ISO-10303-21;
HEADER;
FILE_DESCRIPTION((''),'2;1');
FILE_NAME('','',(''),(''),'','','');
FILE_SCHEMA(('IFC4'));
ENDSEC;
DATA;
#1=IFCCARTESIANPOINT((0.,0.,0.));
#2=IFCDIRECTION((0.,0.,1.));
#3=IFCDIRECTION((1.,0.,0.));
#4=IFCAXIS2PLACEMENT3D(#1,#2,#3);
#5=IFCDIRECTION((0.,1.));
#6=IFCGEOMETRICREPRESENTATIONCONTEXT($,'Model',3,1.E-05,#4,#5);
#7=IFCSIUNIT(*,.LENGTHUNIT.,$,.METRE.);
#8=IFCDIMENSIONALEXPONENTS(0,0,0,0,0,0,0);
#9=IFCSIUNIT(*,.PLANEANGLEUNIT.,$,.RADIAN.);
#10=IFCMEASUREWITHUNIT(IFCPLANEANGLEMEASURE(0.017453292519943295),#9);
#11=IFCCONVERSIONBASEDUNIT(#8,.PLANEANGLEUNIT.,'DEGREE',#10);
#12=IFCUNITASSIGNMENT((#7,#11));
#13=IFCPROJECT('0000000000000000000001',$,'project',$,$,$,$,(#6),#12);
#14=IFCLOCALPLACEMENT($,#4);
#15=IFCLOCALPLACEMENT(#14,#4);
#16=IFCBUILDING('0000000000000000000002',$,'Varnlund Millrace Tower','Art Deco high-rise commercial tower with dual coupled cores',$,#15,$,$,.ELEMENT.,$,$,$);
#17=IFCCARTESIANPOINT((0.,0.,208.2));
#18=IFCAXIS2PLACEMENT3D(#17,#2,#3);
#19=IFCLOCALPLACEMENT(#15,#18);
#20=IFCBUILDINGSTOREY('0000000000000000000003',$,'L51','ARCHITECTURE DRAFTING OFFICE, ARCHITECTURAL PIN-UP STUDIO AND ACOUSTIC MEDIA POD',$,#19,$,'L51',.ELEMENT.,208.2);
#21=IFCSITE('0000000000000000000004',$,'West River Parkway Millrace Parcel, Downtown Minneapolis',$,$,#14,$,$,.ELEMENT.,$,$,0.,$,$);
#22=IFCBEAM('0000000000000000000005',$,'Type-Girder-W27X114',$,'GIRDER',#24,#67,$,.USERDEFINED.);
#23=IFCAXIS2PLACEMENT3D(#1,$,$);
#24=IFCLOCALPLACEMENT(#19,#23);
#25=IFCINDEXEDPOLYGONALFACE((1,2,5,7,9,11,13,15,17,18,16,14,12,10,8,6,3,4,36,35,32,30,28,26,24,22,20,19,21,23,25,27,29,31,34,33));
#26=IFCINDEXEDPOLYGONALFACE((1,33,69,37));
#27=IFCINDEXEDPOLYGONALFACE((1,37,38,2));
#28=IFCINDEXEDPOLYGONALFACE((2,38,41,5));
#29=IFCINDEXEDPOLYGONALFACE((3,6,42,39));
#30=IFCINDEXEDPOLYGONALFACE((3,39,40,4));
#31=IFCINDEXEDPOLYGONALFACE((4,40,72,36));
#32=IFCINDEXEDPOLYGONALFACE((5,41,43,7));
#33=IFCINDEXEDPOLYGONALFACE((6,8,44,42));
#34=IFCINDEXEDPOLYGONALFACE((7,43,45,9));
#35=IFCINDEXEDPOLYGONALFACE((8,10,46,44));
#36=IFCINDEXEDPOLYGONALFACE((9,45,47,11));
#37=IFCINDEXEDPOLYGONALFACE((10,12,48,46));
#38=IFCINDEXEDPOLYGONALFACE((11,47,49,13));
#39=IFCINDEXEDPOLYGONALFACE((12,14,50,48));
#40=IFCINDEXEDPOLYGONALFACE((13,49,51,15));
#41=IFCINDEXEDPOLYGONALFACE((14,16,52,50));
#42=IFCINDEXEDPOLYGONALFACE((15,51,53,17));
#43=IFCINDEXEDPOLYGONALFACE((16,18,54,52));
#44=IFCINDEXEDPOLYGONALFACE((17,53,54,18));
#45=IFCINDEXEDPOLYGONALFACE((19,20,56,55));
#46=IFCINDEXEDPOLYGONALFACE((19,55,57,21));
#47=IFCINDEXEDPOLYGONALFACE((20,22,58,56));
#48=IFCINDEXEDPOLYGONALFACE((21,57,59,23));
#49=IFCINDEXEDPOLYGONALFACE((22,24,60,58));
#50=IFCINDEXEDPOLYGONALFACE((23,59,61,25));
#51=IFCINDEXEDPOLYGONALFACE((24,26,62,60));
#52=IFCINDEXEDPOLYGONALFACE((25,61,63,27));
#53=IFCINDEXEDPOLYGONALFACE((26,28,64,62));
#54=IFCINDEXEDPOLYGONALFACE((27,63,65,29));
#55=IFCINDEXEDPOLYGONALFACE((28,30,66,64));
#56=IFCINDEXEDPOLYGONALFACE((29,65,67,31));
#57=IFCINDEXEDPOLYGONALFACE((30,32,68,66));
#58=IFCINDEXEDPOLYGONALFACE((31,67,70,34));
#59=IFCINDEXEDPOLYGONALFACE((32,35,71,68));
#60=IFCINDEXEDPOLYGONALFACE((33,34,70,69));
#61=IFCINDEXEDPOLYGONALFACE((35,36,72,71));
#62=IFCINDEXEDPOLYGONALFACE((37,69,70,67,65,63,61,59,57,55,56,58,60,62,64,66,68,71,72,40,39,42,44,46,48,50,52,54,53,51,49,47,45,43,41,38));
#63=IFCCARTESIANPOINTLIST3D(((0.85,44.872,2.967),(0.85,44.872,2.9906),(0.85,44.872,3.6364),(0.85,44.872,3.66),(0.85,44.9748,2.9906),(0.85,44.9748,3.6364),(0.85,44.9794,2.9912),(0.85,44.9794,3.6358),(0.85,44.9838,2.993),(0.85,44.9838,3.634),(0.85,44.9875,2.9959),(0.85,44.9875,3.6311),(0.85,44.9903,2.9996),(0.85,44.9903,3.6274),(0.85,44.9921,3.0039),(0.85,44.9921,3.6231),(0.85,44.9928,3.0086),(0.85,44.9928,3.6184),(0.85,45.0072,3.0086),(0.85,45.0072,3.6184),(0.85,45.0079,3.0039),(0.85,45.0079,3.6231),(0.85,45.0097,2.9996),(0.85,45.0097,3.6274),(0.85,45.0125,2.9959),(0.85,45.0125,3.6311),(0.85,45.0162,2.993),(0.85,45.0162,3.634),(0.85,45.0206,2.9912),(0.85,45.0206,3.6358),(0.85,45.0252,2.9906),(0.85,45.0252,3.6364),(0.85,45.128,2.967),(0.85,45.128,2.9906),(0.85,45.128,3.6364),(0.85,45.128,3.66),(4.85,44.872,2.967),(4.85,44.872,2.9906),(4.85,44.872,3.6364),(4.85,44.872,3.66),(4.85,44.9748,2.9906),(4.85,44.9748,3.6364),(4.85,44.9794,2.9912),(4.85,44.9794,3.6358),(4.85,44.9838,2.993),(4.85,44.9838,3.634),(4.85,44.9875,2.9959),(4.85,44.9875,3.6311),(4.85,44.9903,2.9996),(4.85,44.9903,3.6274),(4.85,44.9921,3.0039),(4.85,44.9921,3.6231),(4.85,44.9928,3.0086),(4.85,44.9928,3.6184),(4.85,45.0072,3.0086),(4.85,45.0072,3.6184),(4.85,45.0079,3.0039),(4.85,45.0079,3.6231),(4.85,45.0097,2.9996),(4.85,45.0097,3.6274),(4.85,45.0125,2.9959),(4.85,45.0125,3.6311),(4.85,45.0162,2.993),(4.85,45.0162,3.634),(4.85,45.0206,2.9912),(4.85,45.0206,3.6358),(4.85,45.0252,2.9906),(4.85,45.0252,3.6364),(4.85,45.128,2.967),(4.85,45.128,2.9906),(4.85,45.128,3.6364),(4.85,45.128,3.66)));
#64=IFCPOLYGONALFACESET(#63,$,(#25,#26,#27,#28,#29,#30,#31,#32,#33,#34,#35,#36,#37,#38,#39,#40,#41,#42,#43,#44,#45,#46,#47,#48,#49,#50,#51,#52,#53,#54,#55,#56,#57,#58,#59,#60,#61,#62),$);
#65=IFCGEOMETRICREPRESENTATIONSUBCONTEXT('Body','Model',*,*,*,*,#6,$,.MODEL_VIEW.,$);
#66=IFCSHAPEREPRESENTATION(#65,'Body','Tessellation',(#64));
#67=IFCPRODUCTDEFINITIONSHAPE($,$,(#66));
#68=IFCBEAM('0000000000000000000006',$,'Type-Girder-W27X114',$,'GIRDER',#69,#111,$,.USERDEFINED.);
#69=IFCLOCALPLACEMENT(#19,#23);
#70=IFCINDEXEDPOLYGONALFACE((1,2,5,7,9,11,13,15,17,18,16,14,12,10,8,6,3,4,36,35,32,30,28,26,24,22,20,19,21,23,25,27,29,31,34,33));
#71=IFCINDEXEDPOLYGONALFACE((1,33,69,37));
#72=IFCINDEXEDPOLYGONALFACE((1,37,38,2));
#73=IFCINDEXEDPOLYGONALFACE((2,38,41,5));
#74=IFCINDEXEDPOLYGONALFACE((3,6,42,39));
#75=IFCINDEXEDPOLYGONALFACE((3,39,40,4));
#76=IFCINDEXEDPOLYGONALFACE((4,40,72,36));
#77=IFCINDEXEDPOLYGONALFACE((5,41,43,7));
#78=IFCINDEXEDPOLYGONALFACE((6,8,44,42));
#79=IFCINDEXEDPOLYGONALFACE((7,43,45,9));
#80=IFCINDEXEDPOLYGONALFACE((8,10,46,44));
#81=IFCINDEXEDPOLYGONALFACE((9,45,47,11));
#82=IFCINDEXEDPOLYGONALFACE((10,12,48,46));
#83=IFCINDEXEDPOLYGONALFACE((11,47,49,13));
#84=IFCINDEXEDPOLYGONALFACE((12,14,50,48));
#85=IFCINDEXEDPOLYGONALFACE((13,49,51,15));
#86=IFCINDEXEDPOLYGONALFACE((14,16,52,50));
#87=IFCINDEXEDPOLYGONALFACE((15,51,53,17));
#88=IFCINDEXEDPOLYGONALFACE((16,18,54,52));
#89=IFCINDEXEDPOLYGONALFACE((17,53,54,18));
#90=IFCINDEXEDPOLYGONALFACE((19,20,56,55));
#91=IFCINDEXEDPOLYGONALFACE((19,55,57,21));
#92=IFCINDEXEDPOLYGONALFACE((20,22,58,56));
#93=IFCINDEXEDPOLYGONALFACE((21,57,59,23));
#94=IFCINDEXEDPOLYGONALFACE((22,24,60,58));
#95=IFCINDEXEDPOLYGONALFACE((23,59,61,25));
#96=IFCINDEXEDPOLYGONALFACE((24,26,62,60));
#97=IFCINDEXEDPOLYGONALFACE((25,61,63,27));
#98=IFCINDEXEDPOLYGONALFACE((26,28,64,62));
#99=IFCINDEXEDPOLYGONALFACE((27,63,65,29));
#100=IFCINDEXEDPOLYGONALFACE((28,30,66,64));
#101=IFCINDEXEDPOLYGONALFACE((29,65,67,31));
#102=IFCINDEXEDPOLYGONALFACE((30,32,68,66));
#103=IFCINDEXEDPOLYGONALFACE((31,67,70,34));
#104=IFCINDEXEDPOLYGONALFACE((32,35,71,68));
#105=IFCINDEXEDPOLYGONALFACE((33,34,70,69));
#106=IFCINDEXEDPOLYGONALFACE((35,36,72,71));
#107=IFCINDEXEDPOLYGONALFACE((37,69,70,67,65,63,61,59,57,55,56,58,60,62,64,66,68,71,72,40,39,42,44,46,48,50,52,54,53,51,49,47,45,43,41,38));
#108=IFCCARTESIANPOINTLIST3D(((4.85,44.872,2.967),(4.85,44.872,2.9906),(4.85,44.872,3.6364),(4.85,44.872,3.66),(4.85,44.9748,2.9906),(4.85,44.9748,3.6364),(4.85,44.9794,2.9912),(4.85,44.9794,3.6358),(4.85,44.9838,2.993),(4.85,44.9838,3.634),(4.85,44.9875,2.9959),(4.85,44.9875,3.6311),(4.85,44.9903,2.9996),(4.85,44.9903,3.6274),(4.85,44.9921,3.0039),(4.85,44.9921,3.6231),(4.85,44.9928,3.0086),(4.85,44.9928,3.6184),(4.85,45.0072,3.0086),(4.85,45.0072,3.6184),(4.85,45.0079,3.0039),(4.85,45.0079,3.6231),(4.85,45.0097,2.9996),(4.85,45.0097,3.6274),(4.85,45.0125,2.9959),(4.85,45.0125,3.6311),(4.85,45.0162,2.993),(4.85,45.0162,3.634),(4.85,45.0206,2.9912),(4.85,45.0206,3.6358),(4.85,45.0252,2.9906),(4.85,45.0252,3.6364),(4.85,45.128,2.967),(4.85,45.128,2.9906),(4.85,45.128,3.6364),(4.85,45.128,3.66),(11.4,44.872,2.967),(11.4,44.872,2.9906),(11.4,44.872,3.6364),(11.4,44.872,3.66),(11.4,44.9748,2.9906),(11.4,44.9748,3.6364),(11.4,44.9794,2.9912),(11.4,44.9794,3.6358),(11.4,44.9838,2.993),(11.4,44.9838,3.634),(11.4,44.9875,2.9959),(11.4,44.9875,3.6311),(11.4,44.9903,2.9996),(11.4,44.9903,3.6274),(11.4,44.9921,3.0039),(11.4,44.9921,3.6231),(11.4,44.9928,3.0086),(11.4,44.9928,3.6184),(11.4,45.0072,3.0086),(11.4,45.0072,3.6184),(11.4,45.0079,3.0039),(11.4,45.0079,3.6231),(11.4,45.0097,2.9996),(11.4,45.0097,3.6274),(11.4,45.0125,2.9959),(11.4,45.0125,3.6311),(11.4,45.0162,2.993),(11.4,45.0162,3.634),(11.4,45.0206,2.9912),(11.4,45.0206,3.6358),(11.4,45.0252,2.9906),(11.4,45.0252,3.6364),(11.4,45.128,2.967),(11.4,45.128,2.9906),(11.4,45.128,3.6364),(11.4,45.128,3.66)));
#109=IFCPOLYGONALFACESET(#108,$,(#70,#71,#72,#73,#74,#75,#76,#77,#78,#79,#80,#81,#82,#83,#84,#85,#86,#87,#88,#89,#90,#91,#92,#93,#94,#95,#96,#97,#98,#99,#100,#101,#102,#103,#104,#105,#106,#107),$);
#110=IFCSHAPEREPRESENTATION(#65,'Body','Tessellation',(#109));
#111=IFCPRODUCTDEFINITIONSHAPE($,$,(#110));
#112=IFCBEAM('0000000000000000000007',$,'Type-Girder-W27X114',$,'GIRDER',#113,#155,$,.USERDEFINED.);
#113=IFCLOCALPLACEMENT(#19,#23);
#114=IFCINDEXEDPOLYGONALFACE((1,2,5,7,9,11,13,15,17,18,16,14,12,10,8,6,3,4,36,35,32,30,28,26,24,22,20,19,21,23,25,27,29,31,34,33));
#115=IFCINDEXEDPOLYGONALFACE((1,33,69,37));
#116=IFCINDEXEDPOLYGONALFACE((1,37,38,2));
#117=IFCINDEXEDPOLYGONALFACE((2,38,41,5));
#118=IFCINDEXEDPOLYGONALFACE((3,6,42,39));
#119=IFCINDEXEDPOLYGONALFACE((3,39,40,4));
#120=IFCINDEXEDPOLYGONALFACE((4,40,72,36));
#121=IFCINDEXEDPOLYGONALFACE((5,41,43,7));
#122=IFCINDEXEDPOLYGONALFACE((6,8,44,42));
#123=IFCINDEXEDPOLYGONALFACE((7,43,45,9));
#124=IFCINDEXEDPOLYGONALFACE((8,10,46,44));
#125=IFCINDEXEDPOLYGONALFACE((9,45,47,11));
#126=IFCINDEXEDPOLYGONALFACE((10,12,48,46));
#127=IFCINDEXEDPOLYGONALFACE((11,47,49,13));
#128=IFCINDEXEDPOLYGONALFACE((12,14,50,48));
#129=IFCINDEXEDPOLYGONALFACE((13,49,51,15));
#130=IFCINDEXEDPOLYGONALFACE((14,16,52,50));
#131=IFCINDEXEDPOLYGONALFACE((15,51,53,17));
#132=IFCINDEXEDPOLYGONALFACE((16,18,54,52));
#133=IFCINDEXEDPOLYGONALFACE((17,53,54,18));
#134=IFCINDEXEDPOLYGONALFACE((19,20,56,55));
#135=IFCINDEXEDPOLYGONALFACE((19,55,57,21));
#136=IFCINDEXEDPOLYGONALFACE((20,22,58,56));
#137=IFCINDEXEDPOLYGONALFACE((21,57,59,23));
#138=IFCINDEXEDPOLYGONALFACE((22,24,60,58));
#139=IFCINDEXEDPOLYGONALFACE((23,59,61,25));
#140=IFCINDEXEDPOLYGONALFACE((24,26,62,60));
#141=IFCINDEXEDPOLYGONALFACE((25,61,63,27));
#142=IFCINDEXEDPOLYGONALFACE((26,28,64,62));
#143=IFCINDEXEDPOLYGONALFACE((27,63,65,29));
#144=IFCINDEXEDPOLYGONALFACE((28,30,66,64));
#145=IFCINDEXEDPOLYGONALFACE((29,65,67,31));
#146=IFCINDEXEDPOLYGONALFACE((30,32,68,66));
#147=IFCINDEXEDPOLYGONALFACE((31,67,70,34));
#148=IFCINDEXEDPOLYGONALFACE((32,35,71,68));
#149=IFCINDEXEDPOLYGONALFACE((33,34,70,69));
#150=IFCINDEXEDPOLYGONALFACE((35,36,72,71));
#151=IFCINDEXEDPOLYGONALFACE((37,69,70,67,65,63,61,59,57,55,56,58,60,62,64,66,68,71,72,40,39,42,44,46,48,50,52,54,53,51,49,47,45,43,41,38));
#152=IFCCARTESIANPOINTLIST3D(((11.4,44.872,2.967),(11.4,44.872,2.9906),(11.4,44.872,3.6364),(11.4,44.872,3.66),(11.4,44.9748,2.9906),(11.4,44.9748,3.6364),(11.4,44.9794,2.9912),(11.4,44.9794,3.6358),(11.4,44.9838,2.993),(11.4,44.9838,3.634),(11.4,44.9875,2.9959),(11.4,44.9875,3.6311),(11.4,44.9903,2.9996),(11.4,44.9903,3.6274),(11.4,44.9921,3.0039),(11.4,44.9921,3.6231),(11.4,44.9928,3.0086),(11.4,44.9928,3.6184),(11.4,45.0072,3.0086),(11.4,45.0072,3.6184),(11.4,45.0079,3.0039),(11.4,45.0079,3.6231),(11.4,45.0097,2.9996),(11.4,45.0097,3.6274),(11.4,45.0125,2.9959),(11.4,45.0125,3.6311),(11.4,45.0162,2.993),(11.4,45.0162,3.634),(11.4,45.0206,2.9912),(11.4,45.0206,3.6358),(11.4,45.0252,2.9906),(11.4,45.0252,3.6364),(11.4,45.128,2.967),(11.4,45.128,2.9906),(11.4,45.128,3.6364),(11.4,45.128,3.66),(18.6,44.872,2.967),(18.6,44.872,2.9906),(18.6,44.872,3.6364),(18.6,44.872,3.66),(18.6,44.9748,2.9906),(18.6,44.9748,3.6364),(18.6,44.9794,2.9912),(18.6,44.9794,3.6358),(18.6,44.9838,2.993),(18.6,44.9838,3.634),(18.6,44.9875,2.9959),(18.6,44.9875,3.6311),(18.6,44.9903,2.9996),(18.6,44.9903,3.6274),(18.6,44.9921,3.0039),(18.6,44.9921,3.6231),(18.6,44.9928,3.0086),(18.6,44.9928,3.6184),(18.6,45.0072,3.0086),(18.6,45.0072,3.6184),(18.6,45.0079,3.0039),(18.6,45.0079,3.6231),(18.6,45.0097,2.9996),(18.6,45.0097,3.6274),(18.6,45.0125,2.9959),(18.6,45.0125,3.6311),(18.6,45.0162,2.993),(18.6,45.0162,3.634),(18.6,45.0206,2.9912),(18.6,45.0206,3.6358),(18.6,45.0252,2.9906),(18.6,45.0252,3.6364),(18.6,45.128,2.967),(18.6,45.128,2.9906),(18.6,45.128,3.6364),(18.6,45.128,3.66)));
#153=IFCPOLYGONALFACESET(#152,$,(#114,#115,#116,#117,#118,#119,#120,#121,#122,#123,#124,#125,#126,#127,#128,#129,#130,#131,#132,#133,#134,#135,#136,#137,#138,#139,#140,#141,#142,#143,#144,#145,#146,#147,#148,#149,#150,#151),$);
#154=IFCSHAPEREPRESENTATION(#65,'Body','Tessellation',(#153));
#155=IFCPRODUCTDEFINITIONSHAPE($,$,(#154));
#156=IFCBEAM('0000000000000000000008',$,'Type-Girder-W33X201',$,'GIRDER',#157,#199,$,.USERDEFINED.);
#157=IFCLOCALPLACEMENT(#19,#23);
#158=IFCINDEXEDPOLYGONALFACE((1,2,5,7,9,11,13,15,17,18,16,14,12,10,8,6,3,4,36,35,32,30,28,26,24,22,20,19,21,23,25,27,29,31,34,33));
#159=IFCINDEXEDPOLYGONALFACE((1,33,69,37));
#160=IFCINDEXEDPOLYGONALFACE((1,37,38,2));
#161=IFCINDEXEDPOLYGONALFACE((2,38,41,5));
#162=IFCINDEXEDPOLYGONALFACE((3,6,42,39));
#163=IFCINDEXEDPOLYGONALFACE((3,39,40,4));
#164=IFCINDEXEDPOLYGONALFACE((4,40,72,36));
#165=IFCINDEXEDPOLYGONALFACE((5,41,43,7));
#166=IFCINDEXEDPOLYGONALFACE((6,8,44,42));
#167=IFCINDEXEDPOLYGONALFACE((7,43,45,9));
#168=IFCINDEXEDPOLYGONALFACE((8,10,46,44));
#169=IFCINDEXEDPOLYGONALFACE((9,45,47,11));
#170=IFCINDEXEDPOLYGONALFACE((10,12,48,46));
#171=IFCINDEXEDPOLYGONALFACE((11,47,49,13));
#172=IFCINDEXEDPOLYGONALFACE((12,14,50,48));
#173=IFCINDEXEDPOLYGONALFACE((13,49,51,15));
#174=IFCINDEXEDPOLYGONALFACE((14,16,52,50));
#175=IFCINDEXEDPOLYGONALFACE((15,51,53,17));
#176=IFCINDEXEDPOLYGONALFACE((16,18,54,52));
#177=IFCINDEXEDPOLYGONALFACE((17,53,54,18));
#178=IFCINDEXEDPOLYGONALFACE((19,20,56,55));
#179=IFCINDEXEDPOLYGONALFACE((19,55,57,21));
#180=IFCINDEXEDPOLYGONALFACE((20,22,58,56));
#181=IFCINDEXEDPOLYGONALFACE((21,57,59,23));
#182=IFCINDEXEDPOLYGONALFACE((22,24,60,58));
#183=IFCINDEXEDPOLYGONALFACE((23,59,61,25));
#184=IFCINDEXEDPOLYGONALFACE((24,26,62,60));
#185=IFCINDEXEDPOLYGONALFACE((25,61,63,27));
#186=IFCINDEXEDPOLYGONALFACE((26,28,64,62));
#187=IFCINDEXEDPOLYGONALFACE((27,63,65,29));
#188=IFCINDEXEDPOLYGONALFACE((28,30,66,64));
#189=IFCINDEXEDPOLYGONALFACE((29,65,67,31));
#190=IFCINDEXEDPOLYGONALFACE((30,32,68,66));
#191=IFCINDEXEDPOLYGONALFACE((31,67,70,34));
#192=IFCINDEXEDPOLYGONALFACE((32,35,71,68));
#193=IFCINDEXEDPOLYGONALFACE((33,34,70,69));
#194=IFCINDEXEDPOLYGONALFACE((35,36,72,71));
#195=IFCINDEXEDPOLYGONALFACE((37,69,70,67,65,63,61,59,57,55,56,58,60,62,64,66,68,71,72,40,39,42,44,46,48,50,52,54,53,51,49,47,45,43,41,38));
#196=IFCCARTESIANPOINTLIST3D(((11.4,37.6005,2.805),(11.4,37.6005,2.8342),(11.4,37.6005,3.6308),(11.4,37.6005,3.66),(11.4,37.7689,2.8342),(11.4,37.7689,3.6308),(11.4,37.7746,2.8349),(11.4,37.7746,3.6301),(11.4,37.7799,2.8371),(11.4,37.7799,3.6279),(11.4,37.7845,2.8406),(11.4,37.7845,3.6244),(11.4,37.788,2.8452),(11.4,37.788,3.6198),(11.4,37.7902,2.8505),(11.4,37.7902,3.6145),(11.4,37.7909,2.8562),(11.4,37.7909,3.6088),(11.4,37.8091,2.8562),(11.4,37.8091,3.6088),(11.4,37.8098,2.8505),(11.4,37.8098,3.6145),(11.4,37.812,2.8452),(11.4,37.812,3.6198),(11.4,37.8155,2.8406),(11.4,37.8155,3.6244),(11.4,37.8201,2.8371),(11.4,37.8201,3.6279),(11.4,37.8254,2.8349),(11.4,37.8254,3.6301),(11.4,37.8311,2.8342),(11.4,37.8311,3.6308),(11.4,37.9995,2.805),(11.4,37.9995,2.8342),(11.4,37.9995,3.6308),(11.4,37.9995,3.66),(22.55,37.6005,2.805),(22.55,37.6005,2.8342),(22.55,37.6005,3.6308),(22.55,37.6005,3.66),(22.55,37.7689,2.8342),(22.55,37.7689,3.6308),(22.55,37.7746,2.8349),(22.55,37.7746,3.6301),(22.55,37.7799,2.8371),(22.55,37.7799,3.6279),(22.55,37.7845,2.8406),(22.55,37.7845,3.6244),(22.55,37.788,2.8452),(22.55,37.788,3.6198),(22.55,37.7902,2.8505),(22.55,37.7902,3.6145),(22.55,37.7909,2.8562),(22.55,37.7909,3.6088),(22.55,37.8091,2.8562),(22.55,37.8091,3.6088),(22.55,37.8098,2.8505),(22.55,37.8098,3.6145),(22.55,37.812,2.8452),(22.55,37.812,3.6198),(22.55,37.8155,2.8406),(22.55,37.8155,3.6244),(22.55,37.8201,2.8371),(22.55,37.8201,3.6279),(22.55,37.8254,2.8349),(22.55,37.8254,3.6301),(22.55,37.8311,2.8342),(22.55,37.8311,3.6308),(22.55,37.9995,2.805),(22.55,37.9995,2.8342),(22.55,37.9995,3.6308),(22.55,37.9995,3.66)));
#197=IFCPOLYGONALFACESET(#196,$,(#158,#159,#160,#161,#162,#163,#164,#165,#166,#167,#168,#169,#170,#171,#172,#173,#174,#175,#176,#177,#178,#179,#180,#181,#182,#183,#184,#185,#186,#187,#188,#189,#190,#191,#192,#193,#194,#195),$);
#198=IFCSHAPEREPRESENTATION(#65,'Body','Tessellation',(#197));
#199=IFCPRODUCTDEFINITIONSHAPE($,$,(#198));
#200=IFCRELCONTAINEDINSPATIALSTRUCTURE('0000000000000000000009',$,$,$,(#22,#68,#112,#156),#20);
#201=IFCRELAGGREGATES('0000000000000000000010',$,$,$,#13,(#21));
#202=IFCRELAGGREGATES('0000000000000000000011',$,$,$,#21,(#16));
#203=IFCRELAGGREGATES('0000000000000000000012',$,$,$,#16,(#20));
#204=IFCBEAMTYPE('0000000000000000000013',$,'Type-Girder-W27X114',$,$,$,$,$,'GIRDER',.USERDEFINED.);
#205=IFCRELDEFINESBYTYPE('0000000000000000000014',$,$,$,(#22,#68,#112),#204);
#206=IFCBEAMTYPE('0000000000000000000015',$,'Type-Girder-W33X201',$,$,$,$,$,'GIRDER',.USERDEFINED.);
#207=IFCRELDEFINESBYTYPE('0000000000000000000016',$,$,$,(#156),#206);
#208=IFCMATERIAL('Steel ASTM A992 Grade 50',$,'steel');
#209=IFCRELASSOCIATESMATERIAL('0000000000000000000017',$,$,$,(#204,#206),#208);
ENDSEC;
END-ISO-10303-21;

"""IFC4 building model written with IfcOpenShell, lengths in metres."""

from ifc_helpers import new_model, entity, si_unit, converted_unit, direction, frame, origin_with_axes, origin_2d_with_axis, place, context, subcontext, project, spatial, i_section, extrude, material, material_profile, profile_set, type_object, element, save


model = new_model("IFC4")

# Units and contexts
model_context = context("Model", 3, precision=1e-05, world=origin_with_axes(), true_north=direction((0.0, 1.0)))
body_context = subcontext(model_context, "Body", "Model", "MODEL_VIEW")
ifc_project = project(units=[si_unit("LENGTHUNIT", "METRE"), converted_unit("PLANEANGLEUNIT", "DEGREE", entity("IfcPlaneAngleMeasure", 0.017453292519943295), si_unit("PLANEANGLEUNIT", "RADIAN"), dimensions=[0, 0, 0, 0, 0, 0, 0])], contexts=[model_context])

# Site, building, storey
site_placement = place(None, origin_with_axes())
site = spatial("IfcSite", under=ifc_project, at=site_placement, Name="West River Parkway Millrace Parcel, Downtown Minneapolis", CompositionType="ELEMENT", RefElevation=0.0)
building_placement = place(site_placement, origin_with_axes())
building = spatial("IfcBuilding", under=site, at=building_placement, Name="Varnlund Millrace Tower", Description="Art Deco high-rise commercial tower with dual coupled cores", CompositionType="ELEMENT")
storey_placement = place(building_placement, frame((0.0, 0.0, 208.2), z_axis=(0.0, 0.0, 1.0), x_axis=(1.0, 0.0, 0.0)))
storey = spatial("IfcBuildingStorey", under=building, at=storey_placement, Name="L51", Description="ARCHITECTURE DRAFTING OFFICE, ARCHITECTURAL PIN-UP STUDIO AND ACOUSTIC MEDIA POD", LongName="L51", CompositionType="ELEMENT", Elevation=208.2)

# Beams
ifc_material_1 = material(Name="Steel ASTM A992 Grade 50", Category="steel")
ifc_material_profile_1 = material_profile(ifc_material_1, i_section(OverallWidth=0.256, OverallDepth=0.693, WebThickness=0.0145, FlangeThickness=0.0236, FilletRadius=0.018, at=origin_2d_with_axis()), Name="Steel ASTM A992 Grade 50")
ifc_profile_set_1 = profile_set([ifc_material_profile_1], Name="Steel ASTM A992 Grade 50")
beam_type_1 = type_object("IfcBeamType", Name="Type-Girder-W27X114", ElementType="GIRDER", PredefinedType="USERDEFINED", material=ifc_profile_set_1)
beam_1_placement = place(storey_placement, frame((0.85, 45.0, 3.3135), z_axis=(1.0, 0.0, 0.0), x_axis=(0.0, 1.0, 0.0)))
element("IfcBeam", 1, at=beam_1_placement, inside=storey, type_object=beam_type_1, Name="Type-Girder-W27X114", ObjectType="GIRDER", PredefinedType="USERDEFINED", context=body_context, shape_type="SweptSolid", body=[
    extrude(i_section(OverallWidth=0.256, OverallDepth=0.693, WebThickness=0.0145, FlangeThickness=0.0236, FilletRadius=0.018, at=origin_2d_with_axis()), origin_with_axes(), (0.0, 0.0, 1.0), 4.0),
])
beam_2_placement = place(storey_placement, frame((4.85, 45.0, 3.3135), z_axis=(1.0, 0.0, 0.0), x_axis=(0.0, 1.0, 0.0)))
element("IfcBeam", 2, at=beam_2_placement, inside=storey, type_object=beam_type_1, Name="Type-Girder-W27X114", ObjectType="GIRDER", PredefinedType="USERDEFINED", context=body_context, shape_type="SweptSolid", body=[
    extrude(i_section(OverallWidth=0.256, OverallDepth=0.693, WebThickness=0.0145, FlangeThickness=0.0236, FilletRadius=0.018, at=origin_2d_with_axis()), origin_with_axes(), (0.0, 0.0, 1.0), 6.55),
])
beam_3_placement = place(storey_placement, frame((11.4, 45.0, 3.3135), z_axis=(1.0, 0.0, 0.0), x_axis=(0.0, 1.0, 0.0)))
element("IfcBeam", 3, at=beam_3_placement, inside=storey, type_object=beam_type_1, Name="Type-Girder-W27X114", ObjectType="GIRDER", PredefinedType="USERDEFINED", context=body_context, shape_type="SweptSolid", body=[
    extrude(i_section(OverallWidth=0.256, OverallDepth=0.693, WebThickness=0.0145, FlangeThickness=0.0236, FilletRadius=0.018, at=origin_2d_with_axis()), origin_with_axes(), (0.0, 0.0, 1.0), 7.2),
])
ifc_material_profile_2 = material_profile(ifc_material_1, i_section(OverallWidth=0.399, OverallDepth=0.855, WebThickness=0.0182, FlangeThickness=0.0292, FilletRadius=0.022, at=origin_2d_with_axis()), Name="Steel ASTM A992 Grade 50")
ifc_profile_set_2 = profile_set([ifc_material_profile_2], Name="Steel ASTM A992 Grade 50")
beam_type_2 = type_object("IfcBeamType", Name="Type-Girder-W33X201", ElementType="GIRDER", PredefinedType="USERDEFINED", material=ifc_profile_set_2)
beam_4_placement = place(storey_placement, frame((11.4, 37.8, 3.2325), z_axis=(1.0, 0.0, 0.0), x_axis=(0.0, 1.0, 0.0)))
element("IfcBeam", 4, at=beam_4_placement, inside=storey, type_object=beam_type_2, Name="Type-Girder-W33X201", ObjectType="GIRDER", PredefinedType="USERDEFINED", context=body_context, shape_type="SweptSolid", body=[
    extrude(i_section(OverallWidth=0.399, OverallDepth=0.855, WebThickness=0.0182, FlangeThickness=0.0292, FilletRadius=0.022, at=origin_2d_with_axis()), origin_with_axes(), (0.0, 0.0, 1.0), 11.15),
])

save(model, "model.ifc")
